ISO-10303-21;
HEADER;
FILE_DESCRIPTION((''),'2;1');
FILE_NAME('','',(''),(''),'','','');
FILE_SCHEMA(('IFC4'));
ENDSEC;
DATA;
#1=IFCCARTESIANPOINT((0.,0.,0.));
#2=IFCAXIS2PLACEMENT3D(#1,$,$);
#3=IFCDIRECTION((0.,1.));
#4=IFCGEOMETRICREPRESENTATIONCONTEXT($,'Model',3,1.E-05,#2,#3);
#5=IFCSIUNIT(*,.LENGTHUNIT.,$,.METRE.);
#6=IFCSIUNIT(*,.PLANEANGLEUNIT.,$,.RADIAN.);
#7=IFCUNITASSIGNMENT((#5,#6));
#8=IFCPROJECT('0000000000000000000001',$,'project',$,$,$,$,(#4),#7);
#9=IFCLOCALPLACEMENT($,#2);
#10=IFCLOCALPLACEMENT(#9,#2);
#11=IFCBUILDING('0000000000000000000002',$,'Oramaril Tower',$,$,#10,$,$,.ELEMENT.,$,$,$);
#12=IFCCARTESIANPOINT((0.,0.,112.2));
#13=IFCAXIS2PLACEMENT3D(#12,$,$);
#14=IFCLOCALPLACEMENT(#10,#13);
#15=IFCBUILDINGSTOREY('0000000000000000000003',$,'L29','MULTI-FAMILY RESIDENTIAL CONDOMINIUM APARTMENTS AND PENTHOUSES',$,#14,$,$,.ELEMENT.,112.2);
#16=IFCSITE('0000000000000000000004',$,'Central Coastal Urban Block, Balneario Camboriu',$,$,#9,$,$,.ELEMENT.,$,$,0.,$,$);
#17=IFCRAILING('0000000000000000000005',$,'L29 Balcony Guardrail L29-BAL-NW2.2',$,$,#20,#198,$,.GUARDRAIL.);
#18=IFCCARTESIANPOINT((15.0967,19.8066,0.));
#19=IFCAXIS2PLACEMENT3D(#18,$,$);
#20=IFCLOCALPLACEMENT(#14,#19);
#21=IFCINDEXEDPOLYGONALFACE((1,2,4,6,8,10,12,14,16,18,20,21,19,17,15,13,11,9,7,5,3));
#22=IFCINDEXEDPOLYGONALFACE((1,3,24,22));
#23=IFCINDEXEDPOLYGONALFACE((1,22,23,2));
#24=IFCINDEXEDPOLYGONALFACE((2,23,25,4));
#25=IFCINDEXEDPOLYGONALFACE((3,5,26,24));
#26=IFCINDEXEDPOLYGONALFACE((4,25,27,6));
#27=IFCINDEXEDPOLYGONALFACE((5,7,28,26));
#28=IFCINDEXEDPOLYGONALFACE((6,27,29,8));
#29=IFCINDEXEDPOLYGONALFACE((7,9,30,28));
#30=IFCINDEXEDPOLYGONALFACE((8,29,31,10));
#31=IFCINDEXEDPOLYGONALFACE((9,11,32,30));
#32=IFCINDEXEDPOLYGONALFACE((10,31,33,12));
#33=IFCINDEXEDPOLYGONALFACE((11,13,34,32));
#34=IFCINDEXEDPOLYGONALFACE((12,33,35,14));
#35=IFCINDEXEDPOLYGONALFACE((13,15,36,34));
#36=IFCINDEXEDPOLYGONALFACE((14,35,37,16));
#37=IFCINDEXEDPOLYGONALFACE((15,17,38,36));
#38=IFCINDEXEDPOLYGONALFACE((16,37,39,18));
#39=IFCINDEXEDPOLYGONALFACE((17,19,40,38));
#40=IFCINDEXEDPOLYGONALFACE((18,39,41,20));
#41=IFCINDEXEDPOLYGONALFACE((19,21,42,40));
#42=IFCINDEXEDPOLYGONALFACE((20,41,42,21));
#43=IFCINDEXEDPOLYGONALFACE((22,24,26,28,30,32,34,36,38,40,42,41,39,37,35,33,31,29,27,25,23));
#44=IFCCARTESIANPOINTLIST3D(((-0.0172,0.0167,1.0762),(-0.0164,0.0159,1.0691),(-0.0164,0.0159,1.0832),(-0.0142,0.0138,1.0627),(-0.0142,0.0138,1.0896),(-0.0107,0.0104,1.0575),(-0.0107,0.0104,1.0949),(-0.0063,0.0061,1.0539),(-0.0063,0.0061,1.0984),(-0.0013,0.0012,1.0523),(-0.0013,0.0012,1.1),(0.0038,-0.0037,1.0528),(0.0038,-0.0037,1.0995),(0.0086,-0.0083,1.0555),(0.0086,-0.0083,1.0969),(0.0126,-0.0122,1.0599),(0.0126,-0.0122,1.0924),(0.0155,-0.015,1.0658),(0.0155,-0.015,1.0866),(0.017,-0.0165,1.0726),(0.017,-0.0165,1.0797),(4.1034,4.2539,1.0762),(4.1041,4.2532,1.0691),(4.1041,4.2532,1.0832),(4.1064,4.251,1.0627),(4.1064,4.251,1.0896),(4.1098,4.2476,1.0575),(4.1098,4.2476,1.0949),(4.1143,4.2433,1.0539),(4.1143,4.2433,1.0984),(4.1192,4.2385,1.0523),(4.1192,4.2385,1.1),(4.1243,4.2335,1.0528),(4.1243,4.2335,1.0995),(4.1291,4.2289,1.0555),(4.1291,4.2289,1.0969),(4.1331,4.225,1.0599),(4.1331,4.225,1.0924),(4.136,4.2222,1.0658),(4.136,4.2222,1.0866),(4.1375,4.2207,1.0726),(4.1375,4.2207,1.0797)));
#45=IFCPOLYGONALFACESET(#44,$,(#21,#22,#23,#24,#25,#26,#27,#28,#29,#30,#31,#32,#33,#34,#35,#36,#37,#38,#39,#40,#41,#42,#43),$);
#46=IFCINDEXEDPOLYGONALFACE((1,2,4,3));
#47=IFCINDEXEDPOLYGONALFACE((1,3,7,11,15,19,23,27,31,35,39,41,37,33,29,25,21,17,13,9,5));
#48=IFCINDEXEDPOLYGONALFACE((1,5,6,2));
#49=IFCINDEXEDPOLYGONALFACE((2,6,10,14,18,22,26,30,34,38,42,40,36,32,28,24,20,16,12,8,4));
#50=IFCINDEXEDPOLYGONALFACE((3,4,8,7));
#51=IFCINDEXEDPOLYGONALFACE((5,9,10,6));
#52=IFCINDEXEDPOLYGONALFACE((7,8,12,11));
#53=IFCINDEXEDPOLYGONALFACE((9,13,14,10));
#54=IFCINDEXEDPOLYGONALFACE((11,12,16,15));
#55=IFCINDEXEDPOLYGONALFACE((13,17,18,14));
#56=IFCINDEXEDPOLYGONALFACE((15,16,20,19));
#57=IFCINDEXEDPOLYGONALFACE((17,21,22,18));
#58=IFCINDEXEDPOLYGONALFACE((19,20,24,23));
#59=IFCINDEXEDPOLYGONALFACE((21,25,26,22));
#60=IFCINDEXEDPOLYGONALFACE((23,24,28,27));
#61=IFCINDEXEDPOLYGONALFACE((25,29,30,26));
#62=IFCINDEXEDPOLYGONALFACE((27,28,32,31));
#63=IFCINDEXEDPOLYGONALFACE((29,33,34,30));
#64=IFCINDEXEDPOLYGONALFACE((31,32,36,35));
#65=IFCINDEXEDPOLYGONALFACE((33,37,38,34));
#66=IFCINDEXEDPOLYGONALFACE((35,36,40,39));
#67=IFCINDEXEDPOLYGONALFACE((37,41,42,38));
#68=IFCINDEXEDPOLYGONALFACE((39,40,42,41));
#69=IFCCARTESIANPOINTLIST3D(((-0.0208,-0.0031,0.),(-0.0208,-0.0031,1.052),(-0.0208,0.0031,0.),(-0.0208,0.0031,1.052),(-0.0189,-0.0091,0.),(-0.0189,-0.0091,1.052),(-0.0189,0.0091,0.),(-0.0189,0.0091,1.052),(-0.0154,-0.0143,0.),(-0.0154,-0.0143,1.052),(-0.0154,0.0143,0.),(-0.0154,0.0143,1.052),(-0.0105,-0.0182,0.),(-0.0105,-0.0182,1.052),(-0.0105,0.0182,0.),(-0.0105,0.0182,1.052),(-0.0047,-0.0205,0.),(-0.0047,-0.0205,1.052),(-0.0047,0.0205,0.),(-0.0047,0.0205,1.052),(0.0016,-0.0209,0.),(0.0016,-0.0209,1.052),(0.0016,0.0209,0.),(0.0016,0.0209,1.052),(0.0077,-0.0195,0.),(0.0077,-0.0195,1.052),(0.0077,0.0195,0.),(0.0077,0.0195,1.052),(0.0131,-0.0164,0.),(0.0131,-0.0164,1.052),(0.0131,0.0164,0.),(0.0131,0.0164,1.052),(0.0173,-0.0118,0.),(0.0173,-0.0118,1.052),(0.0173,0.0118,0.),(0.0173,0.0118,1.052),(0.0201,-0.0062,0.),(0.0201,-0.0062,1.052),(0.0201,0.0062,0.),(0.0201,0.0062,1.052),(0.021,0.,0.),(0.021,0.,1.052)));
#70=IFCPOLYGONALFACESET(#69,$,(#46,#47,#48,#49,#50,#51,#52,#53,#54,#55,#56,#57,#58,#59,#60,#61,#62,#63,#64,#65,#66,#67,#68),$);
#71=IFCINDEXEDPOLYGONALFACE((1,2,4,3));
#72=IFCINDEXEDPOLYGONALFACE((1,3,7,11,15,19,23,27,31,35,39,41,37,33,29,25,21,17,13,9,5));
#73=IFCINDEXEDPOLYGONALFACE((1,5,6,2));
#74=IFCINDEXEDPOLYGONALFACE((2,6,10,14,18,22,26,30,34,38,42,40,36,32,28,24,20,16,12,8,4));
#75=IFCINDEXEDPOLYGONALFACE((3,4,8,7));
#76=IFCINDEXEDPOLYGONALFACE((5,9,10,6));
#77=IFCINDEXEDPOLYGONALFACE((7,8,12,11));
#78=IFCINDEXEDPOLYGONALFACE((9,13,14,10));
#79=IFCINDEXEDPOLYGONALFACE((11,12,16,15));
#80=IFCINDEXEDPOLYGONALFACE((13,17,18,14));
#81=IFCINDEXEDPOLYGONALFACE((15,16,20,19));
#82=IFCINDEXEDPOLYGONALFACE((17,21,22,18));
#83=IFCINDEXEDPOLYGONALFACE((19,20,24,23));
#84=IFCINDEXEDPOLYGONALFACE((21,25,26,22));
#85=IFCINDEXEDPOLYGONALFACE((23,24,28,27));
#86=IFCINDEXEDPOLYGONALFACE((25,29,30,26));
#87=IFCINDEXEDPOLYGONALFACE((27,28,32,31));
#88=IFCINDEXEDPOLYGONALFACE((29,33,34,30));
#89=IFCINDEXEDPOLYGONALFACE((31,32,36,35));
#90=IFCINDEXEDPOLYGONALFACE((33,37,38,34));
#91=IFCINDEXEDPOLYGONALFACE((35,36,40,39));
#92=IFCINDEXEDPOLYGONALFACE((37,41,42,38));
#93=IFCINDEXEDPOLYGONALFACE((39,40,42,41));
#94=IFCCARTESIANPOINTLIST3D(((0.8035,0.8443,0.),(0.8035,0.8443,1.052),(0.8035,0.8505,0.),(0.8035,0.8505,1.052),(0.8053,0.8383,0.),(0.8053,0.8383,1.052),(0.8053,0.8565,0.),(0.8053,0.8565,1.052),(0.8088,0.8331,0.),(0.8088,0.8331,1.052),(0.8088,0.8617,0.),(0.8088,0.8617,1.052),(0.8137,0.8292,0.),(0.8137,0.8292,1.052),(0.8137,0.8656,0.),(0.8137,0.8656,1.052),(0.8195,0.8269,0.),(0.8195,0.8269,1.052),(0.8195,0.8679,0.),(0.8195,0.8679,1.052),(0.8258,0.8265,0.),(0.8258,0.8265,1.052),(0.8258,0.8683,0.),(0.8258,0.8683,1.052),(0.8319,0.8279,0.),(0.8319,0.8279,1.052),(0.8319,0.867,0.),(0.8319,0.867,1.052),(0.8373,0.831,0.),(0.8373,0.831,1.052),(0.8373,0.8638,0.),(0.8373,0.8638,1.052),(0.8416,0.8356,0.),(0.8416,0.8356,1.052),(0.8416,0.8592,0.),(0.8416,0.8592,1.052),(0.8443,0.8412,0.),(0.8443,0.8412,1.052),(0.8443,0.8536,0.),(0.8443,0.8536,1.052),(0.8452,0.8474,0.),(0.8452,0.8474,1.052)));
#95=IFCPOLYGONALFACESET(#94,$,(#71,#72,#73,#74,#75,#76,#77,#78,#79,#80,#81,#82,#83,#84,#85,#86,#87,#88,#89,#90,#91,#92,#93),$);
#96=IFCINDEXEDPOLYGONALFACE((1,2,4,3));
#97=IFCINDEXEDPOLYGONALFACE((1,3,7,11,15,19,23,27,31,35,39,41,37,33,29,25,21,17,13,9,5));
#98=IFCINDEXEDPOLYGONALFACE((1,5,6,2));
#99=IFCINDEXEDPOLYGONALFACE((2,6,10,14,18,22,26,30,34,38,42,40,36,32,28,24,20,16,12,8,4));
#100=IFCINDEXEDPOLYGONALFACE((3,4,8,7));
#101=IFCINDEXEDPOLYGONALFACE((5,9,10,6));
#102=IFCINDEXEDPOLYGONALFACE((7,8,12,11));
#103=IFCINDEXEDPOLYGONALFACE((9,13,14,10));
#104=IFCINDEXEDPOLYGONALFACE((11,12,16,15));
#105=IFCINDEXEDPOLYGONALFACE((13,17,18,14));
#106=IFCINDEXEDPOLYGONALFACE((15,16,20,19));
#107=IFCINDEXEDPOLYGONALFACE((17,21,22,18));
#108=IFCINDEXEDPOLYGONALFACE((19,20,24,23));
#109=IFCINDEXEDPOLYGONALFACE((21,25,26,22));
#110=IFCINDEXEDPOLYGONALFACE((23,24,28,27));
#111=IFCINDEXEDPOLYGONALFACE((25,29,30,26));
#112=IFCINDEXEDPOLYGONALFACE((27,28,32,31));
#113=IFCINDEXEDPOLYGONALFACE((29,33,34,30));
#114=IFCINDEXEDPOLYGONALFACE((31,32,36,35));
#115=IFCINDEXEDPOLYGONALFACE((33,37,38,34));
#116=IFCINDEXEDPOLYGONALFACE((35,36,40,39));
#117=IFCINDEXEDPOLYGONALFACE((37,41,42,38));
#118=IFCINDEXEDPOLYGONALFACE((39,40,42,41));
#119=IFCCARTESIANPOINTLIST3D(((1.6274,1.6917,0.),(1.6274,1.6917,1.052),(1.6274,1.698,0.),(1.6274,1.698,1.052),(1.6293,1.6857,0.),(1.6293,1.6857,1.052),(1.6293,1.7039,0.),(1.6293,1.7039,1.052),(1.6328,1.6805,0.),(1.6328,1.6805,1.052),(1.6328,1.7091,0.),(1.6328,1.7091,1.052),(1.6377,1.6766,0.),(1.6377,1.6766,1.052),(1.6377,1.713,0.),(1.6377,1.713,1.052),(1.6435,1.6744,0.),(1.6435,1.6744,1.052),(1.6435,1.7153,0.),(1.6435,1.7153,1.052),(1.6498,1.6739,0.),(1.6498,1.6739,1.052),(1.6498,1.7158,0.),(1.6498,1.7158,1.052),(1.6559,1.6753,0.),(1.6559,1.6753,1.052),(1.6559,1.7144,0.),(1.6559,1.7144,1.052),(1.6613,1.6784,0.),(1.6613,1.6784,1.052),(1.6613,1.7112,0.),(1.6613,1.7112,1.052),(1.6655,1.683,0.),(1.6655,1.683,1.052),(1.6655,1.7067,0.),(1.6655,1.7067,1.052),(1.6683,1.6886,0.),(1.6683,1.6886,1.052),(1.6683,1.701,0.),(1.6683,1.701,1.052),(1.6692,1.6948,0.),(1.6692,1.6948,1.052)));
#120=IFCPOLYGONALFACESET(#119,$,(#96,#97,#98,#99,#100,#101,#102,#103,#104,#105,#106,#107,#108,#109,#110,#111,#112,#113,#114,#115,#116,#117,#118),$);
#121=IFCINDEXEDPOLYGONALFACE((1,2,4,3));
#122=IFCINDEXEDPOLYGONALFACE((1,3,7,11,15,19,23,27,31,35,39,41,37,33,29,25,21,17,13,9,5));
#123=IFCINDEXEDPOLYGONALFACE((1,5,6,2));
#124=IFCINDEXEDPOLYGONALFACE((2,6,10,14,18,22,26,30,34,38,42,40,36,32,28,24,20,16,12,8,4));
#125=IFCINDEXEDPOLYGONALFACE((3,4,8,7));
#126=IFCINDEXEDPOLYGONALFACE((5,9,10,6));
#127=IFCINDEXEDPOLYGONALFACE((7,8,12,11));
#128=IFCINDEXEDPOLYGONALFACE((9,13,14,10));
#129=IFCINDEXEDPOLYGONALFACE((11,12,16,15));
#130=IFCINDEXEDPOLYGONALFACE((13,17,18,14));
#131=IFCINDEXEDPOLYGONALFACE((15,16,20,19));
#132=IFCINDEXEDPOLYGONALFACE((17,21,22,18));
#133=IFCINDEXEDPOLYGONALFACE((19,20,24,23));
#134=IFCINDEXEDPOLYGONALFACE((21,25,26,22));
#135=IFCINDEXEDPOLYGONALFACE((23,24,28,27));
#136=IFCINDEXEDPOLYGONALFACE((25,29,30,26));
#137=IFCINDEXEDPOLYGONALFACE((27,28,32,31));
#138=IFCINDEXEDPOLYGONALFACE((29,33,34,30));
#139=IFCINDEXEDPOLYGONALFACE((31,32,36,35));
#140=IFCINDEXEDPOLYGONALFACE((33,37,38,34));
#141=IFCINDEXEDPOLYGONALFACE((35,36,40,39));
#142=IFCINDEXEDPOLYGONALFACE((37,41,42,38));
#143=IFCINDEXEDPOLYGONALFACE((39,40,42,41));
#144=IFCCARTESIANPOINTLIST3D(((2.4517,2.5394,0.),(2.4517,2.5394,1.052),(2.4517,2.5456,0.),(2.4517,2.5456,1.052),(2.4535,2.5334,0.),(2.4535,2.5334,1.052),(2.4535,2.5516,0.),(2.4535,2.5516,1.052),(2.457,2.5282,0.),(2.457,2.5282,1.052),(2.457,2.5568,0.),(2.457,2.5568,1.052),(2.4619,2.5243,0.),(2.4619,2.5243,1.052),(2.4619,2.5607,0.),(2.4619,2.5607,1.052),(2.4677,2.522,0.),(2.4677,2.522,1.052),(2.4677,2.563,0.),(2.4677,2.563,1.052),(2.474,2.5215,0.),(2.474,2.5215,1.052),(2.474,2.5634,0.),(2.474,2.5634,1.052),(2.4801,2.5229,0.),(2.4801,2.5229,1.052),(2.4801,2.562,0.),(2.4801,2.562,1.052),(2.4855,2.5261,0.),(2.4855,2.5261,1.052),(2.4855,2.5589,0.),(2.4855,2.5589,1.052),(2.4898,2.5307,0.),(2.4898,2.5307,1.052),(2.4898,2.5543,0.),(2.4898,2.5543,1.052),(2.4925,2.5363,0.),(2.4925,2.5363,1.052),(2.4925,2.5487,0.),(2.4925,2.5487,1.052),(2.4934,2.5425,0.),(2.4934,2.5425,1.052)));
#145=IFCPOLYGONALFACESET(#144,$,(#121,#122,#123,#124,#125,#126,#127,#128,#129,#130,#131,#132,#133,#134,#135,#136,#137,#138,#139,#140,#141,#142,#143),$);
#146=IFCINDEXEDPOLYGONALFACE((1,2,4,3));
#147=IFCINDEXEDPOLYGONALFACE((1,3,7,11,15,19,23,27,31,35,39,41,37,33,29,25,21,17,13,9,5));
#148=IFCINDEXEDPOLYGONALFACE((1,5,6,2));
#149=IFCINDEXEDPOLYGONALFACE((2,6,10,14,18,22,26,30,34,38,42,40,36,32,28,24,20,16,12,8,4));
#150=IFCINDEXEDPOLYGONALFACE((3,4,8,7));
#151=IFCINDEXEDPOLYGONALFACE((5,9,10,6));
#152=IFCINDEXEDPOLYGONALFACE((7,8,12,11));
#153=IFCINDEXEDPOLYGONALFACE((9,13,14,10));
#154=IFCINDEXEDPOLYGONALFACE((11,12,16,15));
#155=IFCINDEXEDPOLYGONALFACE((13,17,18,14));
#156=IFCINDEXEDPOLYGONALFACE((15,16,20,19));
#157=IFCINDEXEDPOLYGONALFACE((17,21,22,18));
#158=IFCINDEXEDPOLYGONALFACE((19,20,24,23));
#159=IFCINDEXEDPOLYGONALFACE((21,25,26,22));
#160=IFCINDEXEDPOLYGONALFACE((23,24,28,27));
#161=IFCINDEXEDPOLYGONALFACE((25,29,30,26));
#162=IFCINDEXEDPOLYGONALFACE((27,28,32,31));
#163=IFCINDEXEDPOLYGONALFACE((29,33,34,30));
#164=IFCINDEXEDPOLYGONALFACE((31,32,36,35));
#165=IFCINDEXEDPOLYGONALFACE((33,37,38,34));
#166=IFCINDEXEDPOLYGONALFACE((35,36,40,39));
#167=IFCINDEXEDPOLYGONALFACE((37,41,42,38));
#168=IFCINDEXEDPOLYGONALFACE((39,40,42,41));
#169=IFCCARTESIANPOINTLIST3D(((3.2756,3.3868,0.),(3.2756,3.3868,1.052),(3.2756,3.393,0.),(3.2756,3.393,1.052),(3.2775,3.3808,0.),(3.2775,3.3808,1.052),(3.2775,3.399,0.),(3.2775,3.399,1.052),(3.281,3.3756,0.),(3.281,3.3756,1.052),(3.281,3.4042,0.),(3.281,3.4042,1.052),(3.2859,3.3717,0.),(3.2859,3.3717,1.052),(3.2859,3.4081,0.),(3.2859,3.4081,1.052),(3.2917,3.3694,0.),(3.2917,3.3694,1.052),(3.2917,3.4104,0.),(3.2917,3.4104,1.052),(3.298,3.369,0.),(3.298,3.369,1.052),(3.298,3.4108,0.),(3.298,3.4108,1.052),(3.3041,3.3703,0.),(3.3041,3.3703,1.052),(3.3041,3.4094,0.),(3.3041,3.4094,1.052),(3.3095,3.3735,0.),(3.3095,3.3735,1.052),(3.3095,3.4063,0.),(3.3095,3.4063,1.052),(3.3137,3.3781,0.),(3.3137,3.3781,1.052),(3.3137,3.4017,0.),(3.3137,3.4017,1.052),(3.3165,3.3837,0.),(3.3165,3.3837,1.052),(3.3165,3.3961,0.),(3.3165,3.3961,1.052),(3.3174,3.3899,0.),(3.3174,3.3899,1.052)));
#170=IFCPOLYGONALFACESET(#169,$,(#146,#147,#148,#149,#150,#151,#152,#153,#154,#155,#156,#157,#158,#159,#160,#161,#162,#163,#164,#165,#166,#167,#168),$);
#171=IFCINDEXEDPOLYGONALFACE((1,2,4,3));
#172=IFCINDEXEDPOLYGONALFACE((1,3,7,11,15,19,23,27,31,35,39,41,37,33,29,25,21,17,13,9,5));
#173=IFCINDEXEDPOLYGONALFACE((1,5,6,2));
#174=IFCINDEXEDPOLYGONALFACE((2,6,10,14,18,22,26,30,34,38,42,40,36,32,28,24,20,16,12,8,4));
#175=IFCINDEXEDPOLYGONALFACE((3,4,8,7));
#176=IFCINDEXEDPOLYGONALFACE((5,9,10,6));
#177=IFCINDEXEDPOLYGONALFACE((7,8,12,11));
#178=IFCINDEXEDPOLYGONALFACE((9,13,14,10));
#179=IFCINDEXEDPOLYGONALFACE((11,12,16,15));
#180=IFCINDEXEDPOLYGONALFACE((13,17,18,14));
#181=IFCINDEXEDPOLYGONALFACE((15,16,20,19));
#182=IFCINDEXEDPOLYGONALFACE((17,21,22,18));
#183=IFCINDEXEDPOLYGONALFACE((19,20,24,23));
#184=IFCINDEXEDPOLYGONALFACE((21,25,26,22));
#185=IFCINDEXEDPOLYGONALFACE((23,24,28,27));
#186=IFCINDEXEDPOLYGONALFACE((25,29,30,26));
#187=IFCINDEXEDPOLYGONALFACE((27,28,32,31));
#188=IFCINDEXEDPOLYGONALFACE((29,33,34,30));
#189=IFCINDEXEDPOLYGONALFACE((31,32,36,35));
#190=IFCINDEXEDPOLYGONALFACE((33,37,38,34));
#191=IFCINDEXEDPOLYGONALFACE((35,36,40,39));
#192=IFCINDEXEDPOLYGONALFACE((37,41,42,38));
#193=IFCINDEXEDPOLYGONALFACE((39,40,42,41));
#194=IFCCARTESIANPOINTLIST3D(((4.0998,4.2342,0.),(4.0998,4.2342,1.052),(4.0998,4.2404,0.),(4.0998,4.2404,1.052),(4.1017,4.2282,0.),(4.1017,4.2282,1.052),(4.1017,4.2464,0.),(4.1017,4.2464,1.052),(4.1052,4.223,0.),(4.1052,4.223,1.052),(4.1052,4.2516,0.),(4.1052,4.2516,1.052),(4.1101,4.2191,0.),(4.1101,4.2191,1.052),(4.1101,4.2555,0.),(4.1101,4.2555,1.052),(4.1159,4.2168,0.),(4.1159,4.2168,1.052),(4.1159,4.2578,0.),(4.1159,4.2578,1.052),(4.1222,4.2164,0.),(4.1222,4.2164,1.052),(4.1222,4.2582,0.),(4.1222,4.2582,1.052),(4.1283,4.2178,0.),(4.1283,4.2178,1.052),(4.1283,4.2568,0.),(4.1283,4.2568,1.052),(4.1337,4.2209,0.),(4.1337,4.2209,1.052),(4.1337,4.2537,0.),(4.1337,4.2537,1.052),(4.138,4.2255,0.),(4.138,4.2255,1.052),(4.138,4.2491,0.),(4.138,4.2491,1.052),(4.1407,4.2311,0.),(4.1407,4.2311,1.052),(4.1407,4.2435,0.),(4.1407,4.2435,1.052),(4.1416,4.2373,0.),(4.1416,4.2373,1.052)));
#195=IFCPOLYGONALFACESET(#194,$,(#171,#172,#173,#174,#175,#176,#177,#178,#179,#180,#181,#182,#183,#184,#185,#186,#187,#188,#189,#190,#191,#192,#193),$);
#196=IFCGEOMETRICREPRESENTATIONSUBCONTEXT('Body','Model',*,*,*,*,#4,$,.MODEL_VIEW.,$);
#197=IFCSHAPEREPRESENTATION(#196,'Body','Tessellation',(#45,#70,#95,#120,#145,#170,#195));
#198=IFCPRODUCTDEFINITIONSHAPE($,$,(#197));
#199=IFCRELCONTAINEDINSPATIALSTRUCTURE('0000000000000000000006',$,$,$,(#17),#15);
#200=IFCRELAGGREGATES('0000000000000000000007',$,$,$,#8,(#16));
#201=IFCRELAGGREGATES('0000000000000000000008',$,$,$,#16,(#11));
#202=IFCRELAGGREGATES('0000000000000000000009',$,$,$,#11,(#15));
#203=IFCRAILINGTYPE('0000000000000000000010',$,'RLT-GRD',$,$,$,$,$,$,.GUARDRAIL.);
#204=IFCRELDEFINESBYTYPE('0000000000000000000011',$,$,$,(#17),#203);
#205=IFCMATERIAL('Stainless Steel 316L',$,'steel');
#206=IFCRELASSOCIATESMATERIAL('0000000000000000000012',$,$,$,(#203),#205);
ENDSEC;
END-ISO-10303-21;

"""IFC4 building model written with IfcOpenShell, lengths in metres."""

from ifc_helpers import new_model, si_unit, direction, frame, origin, origin_2d, place, context, subcontext, project, spatial, circle, extrude, material, type_object, element, save


model = new_model("IFC4")

# Units and contexts
model_context = context("Model", 3, precision=1e-05, world=origin(), true_north=direction((0.0, 1.0)))
body_context = subcontext(model_context, "Body", "Model", "MODEL_VIEW")
ifc_project = project(units=[si_unit("LENGTHUNIT", "METRE"), si_unit("PLANEANGLEUNIT", "RADIAN")], contexts=[model_context])

# Site, building, storey
site_placement = place(None, origin())
site = spatial("IfcSite", under=ifc_project, at=site_placement, Name="Central Coastal Urban Block, Balneario Camboriu", CompositionType="ELEMENT", RefElevation=0.0)
building_placement = place(site_placement, origin())
building = spatial("IfcBuilding", under=site, at=building_placement, Name="Oramaril Tower", CompositionType="ELEMENT")
storey_placement = place(building_placement, frame((0.0, 0.0, 112.2)))
storey = spatial("IfcBuildingStorey", under=building, at=storey_placement, Name="L29", Description="MULTI-FAMILY RESIDENTIAL CONDOMINIUM APARTMENTS AND PENTHOUSES", CompositionType="ELEMENT", Elevation=112.2)

# Railing
ifc_material_1 = material(Name="Stainless Steel 316L", Category="steel")
railing_type = type_object("IfcRailingType", Name="RLT-GRD", PredefinedType="GUARDRAIL", material=ifc_material_1)
railing_1_placement = place(storey_placement, frame((15.0967, 19.8066, 0.0)))
element("IfcRailing", 1, at=railing_1_placement, inside=storey, type_object=railing_type, Name="L29 Balcony Guardrail L29-BAL-NW2.2", PredefinedType="GUARDRAIL", context=body_context, shape_type="SweptSolid", body=[
    extrude(circle(Radius=0.0239, at=origin_2d()), frame((0.0, 0.0, 1.0762), z_axis=(0.697166, 0.71691, 0.0), x_axis=(-0.71691, 0.697166, 0.0)), (0.0, 0.0, 1.0), 5.9104),
    extrude(circle(Radius=0.021, at=origin_2d()), origin(), (0.0, 0.0, 1.0), 1.052),
    extrude(circle(Radius=0.021, at=origin_2d()), frame((0.8242, 0.8474, 0.0)), (0.0, 0.0, 1.0), 1.052),
    extrude(circle(Radius=0.021, at=origin_2d()), frame((1.6482, 1.6948, 0.0)), (0.0, 0.0, 1.0), 1.052),
    extrude(circle(Radius=0.021, at=origin_2d()), frame((2.4724, 2.5425, 0.0)), (0.0, 0.0, 1.0), 1.052),
    extrude(circle(Radius=0.021, at=origin_2d()), frame((3.2964, 3.3899, 0.0)), (0.0, 0.0, 1.0), 1.052),
    extrude(circle(Radius=0.021, at=origin_2d()), frame((4.1206, 4.2373, 0.0)), (0.0, 0.0, 1.0), 1.052),
])

save(model, "model.ifc")
